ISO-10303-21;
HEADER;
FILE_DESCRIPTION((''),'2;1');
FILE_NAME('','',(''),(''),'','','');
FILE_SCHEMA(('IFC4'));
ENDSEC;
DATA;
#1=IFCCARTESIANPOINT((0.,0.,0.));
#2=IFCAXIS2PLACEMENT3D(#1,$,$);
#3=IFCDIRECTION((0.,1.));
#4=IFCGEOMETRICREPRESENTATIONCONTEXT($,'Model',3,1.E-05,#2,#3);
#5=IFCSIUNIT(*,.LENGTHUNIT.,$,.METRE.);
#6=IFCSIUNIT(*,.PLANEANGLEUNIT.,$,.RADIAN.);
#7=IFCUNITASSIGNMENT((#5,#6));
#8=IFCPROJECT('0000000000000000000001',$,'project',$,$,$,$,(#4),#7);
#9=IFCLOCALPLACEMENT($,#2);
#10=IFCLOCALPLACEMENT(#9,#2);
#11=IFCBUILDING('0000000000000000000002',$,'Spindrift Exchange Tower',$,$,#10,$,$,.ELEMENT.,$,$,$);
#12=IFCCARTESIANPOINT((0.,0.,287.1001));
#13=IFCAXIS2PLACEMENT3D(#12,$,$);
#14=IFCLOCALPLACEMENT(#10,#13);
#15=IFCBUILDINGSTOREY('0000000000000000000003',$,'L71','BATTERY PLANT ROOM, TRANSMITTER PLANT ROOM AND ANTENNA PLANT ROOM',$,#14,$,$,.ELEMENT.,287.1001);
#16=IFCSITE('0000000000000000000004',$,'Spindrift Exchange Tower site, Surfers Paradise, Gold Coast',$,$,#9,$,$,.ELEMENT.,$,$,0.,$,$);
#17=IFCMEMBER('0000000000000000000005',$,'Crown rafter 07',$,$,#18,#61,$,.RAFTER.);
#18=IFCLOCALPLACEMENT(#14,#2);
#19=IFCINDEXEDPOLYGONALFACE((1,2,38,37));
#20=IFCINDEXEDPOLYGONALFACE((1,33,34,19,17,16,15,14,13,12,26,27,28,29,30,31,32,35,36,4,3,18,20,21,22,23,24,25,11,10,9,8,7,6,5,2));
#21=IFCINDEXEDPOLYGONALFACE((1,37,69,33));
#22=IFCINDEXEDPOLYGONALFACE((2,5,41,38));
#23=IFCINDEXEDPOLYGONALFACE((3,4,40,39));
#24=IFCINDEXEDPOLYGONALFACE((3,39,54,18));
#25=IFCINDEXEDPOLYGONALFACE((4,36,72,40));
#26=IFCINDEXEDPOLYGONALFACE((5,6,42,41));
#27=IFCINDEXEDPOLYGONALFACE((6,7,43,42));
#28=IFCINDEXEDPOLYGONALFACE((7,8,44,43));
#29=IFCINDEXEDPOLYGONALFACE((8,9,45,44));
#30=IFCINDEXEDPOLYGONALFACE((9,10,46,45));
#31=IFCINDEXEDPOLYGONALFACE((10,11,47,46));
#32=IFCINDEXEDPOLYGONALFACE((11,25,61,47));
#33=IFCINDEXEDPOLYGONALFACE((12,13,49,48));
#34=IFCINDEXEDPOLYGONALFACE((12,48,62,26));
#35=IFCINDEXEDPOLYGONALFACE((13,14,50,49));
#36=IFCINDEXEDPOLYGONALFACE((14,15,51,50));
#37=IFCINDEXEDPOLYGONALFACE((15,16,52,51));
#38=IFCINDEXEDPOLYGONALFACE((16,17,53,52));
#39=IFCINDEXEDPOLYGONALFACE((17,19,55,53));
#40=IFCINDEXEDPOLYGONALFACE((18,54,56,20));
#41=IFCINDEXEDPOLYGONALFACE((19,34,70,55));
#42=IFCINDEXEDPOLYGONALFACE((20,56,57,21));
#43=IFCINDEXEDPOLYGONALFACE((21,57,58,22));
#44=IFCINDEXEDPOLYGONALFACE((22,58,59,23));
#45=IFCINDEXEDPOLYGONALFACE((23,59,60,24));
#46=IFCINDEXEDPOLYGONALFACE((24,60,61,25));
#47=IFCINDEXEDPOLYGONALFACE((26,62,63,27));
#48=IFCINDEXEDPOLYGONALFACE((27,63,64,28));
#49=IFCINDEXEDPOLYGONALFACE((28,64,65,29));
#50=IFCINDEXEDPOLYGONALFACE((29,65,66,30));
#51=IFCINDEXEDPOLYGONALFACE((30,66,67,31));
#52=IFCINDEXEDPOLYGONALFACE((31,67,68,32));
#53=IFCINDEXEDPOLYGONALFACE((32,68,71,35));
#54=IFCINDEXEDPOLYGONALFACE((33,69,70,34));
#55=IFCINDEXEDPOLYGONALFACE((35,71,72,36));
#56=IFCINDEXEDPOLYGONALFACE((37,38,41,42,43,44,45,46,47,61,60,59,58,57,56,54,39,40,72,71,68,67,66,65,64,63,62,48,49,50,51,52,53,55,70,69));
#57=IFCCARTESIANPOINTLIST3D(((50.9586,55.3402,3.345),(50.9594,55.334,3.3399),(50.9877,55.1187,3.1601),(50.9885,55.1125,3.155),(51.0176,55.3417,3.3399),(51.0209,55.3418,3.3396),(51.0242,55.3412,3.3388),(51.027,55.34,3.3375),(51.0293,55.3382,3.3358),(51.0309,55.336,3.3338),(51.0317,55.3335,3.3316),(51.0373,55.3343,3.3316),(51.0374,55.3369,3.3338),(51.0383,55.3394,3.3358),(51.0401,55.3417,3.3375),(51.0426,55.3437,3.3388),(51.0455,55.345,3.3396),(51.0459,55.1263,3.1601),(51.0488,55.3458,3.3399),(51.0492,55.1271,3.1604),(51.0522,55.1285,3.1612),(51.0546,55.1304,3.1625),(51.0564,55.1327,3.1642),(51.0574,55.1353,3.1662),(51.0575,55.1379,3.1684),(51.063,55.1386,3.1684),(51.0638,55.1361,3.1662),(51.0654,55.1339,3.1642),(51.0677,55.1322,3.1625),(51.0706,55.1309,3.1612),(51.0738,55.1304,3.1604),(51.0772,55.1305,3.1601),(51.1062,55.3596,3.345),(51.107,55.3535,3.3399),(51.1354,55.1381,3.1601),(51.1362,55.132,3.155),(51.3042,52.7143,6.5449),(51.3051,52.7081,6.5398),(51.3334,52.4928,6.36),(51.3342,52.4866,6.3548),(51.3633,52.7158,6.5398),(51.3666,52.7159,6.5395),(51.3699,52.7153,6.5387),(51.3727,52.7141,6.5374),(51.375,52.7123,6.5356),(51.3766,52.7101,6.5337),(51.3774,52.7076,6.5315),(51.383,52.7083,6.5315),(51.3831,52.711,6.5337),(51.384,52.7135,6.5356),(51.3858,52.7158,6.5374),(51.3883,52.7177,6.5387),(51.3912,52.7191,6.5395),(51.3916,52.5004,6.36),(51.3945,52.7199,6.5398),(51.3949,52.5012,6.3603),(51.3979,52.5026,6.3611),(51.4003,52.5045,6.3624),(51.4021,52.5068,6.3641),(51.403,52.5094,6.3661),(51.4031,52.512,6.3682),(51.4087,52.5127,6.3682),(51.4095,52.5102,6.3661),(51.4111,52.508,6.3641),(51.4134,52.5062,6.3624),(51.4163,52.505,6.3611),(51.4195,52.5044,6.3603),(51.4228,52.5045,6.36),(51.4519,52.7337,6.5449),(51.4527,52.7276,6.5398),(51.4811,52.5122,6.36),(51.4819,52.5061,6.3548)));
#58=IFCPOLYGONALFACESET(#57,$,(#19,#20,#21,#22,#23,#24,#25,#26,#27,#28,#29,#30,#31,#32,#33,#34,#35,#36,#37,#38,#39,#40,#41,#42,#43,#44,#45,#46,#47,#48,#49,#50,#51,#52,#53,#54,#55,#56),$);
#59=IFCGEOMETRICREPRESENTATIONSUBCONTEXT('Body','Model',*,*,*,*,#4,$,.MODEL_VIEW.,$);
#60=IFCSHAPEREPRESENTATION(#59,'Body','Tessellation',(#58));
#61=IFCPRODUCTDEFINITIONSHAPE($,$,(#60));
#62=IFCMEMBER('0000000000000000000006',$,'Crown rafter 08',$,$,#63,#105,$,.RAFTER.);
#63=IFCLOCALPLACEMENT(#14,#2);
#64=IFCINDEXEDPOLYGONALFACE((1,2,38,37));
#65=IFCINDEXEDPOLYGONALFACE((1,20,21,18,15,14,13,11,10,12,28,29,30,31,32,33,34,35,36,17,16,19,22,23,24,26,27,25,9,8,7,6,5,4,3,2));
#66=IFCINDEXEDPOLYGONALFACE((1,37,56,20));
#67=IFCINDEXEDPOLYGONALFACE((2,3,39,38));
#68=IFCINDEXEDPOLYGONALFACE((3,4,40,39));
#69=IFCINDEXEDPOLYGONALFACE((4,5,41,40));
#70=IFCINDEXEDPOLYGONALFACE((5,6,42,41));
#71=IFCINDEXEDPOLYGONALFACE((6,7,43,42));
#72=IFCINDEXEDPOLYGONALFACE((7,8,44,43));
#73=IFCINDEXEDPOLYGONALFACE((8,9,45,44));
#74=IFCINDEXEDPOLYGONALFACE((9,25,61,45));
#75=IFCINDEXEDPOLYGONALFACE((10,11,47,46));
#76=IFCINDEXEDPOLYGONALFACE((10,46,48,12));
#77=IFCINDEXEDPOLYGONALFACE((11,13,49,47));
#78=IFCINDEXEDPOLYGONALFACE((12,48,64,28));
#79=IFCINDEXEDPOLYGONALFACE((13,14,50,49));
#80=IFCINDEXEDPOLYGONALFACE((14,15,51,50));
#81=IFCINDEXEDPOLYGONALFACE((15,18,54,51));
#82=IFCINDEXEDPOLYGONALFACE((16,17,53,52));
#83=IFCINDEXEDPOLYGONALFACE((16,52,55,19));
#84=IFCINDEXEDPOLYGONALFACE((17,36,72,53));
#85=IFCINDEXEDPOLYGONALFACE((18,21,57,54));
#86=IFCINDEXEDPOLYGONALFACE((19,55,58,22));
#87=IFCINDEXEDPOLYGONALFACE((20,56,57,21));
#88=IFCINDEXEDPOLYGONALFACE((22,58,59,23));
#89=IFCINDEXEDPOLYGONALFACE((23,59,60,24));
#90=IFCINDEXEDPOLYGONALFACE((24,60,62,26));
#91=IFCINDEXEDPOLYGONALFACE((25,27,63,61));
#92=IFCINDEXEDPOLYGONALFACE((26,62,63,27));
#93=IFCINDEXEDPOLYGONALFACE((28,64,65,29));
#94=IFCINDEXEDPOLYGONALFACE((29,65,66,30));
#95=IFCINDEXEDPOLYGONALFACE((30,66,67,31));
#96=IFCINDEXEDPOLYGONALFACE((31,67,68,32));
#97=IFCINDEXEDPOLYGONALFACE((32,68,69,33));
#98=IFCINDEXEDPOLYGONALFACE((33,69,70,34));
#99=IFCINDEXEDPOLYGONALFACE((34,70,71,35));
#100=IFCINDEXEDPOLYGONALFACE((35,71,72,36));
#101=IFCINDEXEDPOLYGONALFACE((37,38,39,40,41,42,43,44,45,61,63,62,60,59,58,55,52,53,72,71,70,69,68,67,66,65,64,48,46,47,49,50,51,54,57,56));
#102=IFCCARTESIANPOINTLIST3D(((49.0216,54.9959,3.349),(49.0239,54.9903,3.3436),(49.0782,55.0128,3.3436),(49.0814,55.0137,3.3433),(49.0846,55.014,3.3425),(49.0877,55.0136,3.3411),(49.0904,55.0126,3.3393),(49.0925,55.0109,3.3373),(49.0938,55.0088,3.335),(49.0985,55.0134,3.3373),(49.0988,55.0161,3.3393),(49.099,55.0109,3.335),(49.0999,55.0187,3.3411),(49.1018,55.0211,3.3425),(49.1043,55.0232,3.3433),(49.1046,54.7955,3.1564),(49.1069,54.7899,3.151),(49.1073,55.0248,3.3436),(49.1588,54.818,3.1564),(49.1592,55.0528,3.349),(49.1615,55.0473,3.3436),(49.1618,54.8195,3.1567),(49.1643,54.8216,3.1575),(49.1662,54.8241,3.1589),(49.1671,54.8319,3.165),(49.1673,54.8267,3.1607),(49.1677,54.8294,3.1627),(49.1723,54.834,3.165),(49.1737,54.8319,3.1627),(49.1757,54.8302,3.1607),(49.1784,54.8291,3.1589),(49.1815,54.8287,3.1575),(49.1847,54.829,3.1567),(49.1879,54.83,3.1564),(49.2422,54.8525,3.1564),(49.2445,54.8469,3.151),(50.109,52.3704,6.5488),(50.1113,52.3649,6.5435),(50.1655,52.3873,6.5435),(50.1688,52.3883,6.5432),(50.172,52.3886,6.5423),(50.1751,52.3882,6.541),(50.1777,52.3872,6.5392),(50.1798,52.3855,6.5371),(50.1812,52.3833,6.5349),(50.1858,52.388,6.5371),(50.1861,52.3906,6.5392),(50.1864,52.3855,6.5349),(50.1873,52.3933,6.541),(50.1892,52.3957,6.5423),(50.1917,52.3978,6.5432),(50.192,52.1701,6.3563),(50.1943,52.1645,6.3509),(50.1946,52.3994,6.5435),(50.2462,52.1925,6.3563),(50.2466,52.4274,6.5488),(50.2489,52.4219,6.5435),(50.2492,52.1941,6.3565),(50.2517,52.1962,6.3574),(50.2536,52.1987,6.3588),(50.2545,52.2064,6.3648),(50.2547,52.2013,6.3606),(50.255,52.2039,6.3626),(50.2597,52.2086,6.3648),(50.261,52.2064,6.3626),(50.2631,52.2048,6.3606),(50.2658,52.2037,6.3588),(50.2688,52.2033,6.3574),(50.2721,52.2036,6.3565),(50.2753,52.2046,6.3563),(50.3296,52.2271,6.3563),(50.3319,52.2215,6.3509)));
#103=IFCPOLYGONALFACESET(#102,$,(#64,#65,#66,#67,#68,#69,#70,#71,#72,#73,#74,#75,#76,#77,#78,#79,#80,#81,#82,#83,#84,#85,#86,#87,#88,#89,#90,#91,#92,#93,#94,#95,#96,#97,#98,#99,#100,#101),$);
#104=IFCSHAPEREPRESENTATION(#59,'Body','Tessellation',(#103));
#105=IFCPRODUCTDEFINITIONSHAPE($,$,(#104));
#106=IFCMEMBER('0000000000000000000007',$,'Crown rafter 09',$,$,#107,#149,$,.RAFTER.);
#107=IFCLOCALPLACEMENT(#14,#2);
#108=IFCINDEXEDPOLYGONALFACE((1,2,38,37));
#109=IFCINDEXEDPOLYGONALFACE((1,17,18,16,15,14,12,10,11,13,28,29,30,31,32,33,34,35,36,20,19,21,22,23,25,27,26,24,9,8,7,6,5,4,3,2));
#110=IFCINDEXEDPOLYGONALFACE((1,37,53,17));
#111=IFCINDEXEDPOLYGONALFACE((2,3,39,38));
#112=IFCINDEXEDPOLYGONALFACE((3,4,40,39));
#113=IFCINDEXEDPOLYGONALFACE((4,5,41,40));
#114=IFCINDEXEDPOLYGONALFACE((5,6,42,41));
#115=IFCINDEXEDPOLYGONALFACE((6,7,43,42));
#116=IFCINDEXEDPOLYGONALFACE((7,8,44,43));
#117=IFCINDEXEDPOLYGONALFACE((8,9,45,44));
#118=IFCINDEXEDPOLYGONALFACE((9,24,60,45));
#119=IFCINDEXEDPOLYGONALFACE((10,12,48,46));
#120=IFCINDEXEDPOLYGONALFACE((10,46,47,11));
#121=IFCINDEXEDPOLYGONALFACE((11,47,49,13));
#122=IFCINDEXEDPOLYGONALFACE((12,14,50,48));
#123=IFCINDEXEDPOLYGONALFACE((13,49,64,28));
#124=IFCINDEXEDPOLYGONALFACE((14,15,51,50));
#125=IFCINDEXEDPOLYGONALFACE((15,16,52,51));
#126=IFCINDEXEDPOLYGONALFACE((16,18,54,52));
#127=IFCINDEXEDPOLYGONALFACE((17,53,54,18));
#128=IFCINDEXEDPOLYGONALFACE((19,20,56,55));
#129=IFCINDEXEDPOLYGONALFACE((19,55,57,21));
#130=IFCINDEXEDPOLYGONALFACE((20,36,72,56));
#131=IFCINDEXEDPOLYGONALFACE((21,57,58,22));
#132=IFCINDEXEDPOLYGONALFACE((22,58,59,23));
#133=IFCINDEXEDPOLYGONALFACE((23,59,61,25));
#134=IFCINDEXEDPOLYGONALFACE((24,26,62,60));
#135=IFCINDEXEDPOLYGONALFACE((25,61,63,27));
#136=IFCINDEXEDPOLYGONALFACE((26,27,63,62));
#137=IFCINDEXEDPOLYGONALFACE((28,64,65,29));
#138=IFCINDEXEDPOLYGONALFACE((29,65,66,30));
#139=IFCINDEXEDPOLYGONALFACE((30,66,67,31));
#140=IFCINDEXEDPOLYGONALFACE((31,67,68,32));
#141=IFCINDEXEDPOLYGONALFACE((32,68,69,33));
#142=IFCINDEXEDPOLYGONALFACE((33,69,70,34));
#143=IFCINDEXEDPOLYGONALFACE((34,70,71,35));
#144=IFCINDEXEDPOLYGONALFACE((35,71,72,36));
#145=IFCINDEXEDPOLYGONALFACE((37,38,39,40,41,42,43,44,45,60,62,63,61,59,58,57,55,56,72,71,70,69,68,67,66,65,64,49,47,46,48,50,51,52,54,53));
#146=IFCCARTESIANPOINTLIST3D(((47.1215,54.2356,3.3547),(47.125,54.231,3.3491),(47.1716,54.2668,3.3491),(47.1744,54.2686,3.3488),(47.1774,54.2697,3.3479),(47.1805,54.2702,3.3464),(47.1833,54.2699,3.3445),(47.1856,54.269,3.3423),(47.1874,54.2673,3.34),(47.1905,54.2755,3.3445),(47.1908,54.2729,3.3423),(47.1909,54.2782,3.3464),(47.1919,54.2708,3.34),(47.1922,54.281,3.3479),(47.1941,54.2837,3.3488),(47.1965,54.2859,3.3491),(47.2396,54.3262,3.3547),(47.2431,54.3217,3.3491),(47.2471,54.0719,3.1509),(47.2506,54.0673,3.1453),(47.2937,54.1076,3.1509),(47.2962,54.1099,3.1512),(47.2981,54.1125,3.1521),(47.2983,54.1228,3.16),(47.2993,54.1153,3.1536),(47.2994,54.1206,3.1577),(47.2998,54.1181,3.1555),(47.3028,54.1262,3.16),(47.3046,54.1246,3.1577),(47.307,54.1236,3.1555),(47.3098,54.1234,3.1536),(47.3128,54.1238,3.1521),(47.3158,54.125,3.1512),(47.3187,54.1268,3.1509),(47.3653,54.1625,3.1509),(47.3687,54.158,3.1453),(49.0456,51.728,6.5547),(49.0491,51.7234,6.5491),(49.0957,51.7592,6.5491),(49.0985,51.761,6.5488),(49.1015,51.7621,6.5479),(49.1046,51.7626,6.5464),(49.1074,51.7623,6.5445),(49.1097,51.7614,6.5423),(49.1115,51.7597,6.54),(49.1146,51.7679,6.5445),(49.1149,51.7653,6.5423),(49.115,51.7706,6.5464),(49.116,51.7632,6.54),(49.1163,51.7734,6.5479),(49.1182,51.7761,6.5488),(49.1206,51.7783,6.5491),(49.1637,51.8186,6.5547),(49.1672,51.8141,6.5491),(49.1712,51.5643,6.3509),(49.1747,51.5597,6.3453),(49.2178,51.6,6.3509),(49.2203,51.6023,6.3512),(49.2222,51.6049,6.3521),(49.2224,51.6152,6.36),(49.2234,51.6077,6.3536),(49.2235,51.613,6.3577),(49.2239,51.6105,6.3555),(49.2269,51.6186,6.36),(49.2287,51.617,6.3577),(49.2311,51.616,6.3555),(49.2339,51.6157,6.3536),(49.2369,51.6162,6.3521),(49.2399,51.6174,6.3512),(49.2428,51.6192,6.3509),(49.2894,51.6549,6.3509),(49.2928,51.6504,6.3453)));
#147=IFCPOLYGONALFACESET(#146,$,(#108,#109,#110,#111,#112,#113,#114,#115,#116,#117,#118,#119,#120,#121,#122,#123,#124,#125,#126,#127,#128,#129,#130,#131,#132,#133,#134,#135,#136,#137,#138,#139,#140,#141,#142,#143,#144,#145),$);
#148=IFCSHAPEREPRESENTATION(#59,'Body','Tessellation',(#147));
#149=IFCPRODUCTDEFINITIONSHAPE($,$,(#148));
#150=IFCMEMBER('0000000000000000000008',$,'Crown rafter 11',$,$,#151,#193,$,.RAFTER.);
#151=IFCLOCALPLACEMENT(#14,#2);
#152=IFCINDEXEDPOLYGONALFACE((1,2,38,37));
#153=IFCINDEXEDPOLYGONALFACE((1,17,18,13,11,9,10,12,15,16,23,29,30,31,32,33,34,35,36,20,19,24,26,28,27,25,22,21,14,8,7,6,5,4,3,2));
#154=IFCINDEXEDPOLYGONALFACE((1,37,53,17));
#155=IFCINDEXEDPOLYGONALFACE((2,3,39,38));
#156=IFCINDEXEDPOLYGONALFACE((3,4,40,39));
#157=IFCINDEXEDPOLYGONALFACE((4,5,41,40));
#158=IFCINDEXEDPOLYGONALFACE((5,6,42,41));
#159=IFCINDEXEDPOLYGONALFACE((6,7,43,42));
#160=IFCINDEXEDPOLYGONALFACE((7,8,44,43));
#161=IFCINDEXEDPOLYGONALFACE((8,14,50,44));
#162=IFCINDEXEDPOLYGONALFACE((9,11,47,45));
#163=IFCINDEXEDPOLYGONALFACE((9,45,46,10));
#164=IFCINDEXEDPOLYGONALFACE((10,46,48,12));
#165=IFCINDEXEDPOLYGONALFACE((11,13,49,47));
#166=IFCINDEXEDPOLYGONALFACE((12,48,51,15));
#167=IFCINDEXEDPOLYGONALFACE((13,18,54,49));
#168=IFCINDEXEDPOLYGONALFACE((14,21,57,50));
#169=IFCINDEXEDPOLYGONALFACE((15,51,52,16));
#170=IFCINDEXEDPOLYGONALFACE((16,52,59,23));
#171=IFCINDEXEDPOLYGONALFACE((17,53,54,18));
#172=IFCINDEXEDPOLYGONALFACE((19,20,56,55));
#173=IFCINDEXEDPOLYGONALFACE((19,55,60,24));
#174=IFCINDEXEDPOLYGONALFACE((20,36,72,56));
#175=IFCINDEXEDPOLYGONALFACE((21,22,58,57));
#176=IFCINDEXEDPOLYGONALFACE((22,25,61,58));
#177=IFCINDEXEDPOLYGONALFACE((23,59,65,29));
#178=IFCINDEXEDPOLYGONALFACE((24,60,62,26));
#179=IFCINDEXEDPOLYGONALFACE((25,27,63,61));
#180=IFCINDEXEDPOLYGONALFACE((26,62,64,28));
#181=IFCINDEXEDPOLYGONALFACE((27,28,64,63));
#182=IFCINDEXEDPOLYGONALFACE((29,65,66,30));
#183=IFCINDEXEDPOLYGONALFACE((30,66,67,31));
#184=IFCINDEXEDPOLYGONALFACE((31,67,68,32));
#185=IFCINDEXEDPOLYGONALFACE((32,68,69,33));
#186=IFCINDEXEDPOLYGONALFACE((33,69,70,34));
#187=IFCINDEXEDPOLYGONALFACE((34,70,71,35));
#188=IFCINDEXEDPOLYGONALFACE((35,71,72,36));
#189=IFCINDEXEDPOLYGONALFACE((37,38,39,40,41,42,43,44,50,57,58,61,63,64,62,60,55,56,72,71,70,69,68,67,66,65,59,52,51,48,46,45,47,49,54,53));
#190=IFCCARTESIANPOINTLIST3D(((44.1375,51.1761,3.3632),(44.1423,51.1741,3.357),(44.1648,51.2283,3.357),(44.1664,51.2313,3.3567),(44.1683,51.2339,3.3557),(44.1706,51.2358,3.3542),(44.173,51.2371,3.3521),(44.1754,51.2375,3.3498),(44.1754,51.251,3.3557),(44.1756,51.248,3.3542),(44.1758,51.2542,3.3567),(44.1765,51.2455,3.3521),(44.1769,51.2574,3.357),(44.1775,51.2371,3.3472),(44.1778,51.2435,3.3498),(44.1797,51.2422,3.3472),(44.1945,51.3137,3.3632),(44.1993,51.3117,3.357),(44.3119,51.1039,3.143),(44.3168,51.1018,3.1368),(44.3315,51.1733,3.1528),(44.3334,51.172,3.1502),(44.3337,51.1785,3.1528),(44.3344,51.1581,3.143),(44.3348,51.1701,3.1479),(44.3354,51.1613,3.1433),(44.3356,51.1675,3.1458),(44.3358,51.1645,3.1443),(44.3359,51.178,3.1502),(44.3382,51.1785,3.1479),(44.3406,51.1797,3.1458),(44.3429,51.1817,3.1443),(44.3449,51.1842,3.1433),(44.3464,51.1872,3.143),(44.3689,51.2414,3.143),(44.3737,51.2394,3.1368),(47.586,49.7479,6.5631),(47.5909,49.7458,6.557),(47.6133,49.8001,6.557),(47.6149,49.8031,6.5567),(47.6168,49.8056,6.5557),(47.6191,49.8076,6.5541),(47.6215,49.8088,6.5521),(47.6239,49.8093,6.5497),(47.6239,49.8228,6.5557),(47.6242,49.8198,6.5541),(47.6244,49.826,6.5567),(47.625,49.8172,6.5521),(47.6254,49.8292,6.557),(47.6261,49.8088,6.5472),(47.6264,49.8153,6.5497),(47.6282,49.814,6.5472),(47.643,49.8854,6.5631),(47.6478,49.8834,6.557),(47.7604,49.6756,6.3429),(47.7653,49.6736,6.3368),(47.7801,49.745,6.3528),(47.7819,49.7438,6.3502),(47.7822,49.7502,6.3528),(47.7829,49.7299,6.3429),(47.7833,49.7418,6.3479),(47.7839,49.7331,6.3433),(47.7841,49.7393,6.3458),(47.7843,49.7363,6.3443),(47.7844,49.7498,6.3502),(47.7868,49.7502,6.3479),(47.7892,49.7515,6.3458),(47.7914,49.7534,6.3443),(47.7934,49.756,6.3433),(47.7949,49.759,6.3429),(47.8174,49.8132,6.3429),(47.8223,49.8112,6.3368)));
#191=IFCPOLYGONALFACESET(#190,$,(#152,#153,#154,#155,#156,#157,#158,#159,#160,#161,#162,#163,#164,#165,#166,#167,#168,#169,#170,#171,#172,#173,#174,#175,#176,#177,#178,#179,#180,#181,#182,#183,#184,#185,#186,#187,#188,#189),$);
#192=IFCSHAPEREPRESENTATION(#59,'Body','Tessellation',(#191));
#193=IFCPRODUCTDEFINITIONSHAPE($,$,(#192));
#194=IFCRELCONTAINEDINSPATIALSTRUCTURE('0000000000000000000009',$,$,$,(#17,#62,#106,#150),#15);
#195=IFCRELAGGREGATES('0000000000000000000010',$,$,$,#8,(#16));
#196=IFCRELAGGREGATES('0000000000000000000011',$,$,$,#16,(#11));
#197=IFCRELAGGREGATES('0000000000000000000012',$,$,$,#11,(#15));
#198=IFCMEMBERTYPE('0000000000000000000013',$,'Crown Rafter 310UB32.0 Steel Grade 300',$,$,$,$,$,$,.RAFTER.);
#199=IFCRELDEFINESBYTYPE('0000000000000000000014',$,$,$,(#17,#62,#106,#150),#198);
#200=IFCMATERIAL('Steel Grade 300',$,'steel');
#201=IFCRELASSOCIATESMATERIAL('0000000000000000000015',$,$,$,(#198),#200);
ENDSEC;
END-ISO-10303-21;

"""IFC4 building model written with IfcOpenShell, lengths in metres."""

from ifc_helpers import new_model, si_unit, direction, frame, origin, origin_2d, place, context, subcontext, project, spatial, i_section, extrude, source, transform, mapped, material, material_profile, profile_set, type_object, element, save


model = new_model("IFC4")

# Units and contexts
model_context = context("Model", 3, precision=1e-05, world=origin(), true_north=direction((0.0, 1.0)))
body_context = subcontext(model_context, "Body", "Model", "MODEL_VIEW")
ifc_project = project(units=[si_unit("LENGTHUNIT", "METRE"), si_unit("PLANEANGLEUNIT", "RADIAN")], contexts=[model_context])

# Site, building, storey
site_placement = place(None, origin())
site = spatial("IfcSite", under=ifc_project, at=site_placement, Name="Spindrift Exchange Tower site, Surfers Paradise, Gold Coast", CompositionType="ELEMENT", RefElevation=0.0)
building_placement = place(site_placement, origin())
building = spatial("IfcBuilding", under=site, at=building_placement, Name="Spindrift Exchange Tower", CompositionType="ELEMENT")
storey_placement = place(building_placement, frame((0.0, 0.0, 287.1001)))
storey = spatial("IfcBuildingStorey", under=building, at=storey_placement, Name="L71", Description="BATTERY PLANT ROOM, TRANSMITTER PLANT ROOM AND ANTENNA PLANT ROOM", CompositionType="ELEMENT", Elevation=287.1001)

# Members
ifc_material_1 = material(Name="Steel Grade 300", Category="steel")
ifc_material_profile_1 = material_profile(ifc_material_1, i_section(OverallWidth=0.1489, OverallDepth=0.2981, WebThickness=0.0056, FlangeThickness=0.0081, FilletRadius=0.0129, at=origin_2d()), Name="310UB32.0")
ifc_profile_set_1 = profile_set([ifc_material_profile_1], Name="Steel Grade 300")
member_type_1 = type_object("IfcMemberType", Name="Crown Rafter 310UB32.0 Steel Grade 300", PredefinedType="RAFTER", material=ifc_profile_set_1)
shared_shape_1 = source(origin(), body_context, "Body", "SweptSolid", [
    extrude(i_section(OverallWidth=0.1489, OverallDepth=0.2981, WebThickness=0.0056, FlangeThickness=0.0081, FilletRadius=0.0129, at=origin_2d()), origin(), (0.0, 0.0, 1.0), 4.1538),
])
member_1_placement = place(storey_placement, frame((51.0474, 55.2361, 3.25), z_axis=(0.083224, -0.63217, 0.770347), x_axis=(0.991446, 0.130521, 0.0)))
element("IfcMember", 1, at=member_1_placement, inside=storey, type_object=member_type_1, Name="Crown rafter 07", PredefinedType="RAFTER", context=body_context, shape_type="MappedRepresentation", body=[
    mapped(shared_shape_1, transform((0.0, 0.0, 0.0), scale=1.0)),
])
shared_shape_2 = source(origin(), body_context, "Body", "SweptSolid", [
    extrude(i_section(OverallWidth=0.1489, OverallDepth=0.2981, WebThickness=0.0056, FlangeThickness=0.0081, FilletRadius=0.0129, at=origin_2d()), origin(), (0.0, 0.0, 1.0), 4.2795),
])
member_2_placement = place(storey_placement, frame((49.1331, 54.9214, 3.25), z_axis=(0.254087, -0.613483, 0.747715), x_axis=(0.923893, 0.38265, 0.0)))
element("IfcMember", 2, at=member_2_placement, inside=storey, type_object=member_type_1, Name="Crown rafter 08", PredefinedType="RAFTER", context=body_context, shape_type="MappedRepresentation", body=[
    mapped(shared_shape_2, transform((0.0, 0.0, 0.0), scale=1.0)),
])
shared_shape_3 = source(origin(), body_context, "Body", "SweptSolid", [
    extrude(i_section(OverallWidth=0.1489, OverallDepth=0.2981, WebThickness=0.0056, FlangeThickness=0.0081, FilletRadius=0.0129, at=origin_2d()), origin(), (0.0, 0.0, 1.0), 4.4978),
])
member_3_placement = place(storey_placement, frame((47.2451, 54.1968, 3.25), z_axis=(0.427787, -0.557518, 0.711458), x_axis=(0.793361, 0.608751, 0.0)))
element("IfcMember", 3, at=member_3_placement, inside=storey, type_object=member_type_1, Name="Crown rafter 09", PredefinedType="RAFTER", context=body_context, shape_type="MappedRepresentation", body=[
    mapped(shared_shape_3, transform((0.0, 0.0, 0.0), scale=1.0)),
])
shared_shape_4 = source(origin(), body_context, "Body", "SweptSolid", [
    extrude(i_section(OverallWidth=0.1489, OverallDepth=0.2981, WebThickness=0.0056, FlangeThickness=0.0081, FilletRadius=0.0129, at=origin_2d()), origin(), (0.0, 0.0, 1.0), 4.9165),
])
member_4_placement = place(storey_placement, frame((44.2556, 51.2078, 3.25), z_axis=(0.701417, -0.290498, 0.650865), x_axis=(0.382641, 0.923897, 0.0)))
element("IfcMember", 4, at=member_4_placement, inside=storey, type_object=member_type_1, Name="Crown rafter 11", PredefinedType="RAFTER", context=body_context, shape_type="MappedRepresentation", body=[
    mapped(shared_shape_4, transform((0.0, 0.0, 0.0), scale=1.0)),
])

save(model, "model.ifc")
